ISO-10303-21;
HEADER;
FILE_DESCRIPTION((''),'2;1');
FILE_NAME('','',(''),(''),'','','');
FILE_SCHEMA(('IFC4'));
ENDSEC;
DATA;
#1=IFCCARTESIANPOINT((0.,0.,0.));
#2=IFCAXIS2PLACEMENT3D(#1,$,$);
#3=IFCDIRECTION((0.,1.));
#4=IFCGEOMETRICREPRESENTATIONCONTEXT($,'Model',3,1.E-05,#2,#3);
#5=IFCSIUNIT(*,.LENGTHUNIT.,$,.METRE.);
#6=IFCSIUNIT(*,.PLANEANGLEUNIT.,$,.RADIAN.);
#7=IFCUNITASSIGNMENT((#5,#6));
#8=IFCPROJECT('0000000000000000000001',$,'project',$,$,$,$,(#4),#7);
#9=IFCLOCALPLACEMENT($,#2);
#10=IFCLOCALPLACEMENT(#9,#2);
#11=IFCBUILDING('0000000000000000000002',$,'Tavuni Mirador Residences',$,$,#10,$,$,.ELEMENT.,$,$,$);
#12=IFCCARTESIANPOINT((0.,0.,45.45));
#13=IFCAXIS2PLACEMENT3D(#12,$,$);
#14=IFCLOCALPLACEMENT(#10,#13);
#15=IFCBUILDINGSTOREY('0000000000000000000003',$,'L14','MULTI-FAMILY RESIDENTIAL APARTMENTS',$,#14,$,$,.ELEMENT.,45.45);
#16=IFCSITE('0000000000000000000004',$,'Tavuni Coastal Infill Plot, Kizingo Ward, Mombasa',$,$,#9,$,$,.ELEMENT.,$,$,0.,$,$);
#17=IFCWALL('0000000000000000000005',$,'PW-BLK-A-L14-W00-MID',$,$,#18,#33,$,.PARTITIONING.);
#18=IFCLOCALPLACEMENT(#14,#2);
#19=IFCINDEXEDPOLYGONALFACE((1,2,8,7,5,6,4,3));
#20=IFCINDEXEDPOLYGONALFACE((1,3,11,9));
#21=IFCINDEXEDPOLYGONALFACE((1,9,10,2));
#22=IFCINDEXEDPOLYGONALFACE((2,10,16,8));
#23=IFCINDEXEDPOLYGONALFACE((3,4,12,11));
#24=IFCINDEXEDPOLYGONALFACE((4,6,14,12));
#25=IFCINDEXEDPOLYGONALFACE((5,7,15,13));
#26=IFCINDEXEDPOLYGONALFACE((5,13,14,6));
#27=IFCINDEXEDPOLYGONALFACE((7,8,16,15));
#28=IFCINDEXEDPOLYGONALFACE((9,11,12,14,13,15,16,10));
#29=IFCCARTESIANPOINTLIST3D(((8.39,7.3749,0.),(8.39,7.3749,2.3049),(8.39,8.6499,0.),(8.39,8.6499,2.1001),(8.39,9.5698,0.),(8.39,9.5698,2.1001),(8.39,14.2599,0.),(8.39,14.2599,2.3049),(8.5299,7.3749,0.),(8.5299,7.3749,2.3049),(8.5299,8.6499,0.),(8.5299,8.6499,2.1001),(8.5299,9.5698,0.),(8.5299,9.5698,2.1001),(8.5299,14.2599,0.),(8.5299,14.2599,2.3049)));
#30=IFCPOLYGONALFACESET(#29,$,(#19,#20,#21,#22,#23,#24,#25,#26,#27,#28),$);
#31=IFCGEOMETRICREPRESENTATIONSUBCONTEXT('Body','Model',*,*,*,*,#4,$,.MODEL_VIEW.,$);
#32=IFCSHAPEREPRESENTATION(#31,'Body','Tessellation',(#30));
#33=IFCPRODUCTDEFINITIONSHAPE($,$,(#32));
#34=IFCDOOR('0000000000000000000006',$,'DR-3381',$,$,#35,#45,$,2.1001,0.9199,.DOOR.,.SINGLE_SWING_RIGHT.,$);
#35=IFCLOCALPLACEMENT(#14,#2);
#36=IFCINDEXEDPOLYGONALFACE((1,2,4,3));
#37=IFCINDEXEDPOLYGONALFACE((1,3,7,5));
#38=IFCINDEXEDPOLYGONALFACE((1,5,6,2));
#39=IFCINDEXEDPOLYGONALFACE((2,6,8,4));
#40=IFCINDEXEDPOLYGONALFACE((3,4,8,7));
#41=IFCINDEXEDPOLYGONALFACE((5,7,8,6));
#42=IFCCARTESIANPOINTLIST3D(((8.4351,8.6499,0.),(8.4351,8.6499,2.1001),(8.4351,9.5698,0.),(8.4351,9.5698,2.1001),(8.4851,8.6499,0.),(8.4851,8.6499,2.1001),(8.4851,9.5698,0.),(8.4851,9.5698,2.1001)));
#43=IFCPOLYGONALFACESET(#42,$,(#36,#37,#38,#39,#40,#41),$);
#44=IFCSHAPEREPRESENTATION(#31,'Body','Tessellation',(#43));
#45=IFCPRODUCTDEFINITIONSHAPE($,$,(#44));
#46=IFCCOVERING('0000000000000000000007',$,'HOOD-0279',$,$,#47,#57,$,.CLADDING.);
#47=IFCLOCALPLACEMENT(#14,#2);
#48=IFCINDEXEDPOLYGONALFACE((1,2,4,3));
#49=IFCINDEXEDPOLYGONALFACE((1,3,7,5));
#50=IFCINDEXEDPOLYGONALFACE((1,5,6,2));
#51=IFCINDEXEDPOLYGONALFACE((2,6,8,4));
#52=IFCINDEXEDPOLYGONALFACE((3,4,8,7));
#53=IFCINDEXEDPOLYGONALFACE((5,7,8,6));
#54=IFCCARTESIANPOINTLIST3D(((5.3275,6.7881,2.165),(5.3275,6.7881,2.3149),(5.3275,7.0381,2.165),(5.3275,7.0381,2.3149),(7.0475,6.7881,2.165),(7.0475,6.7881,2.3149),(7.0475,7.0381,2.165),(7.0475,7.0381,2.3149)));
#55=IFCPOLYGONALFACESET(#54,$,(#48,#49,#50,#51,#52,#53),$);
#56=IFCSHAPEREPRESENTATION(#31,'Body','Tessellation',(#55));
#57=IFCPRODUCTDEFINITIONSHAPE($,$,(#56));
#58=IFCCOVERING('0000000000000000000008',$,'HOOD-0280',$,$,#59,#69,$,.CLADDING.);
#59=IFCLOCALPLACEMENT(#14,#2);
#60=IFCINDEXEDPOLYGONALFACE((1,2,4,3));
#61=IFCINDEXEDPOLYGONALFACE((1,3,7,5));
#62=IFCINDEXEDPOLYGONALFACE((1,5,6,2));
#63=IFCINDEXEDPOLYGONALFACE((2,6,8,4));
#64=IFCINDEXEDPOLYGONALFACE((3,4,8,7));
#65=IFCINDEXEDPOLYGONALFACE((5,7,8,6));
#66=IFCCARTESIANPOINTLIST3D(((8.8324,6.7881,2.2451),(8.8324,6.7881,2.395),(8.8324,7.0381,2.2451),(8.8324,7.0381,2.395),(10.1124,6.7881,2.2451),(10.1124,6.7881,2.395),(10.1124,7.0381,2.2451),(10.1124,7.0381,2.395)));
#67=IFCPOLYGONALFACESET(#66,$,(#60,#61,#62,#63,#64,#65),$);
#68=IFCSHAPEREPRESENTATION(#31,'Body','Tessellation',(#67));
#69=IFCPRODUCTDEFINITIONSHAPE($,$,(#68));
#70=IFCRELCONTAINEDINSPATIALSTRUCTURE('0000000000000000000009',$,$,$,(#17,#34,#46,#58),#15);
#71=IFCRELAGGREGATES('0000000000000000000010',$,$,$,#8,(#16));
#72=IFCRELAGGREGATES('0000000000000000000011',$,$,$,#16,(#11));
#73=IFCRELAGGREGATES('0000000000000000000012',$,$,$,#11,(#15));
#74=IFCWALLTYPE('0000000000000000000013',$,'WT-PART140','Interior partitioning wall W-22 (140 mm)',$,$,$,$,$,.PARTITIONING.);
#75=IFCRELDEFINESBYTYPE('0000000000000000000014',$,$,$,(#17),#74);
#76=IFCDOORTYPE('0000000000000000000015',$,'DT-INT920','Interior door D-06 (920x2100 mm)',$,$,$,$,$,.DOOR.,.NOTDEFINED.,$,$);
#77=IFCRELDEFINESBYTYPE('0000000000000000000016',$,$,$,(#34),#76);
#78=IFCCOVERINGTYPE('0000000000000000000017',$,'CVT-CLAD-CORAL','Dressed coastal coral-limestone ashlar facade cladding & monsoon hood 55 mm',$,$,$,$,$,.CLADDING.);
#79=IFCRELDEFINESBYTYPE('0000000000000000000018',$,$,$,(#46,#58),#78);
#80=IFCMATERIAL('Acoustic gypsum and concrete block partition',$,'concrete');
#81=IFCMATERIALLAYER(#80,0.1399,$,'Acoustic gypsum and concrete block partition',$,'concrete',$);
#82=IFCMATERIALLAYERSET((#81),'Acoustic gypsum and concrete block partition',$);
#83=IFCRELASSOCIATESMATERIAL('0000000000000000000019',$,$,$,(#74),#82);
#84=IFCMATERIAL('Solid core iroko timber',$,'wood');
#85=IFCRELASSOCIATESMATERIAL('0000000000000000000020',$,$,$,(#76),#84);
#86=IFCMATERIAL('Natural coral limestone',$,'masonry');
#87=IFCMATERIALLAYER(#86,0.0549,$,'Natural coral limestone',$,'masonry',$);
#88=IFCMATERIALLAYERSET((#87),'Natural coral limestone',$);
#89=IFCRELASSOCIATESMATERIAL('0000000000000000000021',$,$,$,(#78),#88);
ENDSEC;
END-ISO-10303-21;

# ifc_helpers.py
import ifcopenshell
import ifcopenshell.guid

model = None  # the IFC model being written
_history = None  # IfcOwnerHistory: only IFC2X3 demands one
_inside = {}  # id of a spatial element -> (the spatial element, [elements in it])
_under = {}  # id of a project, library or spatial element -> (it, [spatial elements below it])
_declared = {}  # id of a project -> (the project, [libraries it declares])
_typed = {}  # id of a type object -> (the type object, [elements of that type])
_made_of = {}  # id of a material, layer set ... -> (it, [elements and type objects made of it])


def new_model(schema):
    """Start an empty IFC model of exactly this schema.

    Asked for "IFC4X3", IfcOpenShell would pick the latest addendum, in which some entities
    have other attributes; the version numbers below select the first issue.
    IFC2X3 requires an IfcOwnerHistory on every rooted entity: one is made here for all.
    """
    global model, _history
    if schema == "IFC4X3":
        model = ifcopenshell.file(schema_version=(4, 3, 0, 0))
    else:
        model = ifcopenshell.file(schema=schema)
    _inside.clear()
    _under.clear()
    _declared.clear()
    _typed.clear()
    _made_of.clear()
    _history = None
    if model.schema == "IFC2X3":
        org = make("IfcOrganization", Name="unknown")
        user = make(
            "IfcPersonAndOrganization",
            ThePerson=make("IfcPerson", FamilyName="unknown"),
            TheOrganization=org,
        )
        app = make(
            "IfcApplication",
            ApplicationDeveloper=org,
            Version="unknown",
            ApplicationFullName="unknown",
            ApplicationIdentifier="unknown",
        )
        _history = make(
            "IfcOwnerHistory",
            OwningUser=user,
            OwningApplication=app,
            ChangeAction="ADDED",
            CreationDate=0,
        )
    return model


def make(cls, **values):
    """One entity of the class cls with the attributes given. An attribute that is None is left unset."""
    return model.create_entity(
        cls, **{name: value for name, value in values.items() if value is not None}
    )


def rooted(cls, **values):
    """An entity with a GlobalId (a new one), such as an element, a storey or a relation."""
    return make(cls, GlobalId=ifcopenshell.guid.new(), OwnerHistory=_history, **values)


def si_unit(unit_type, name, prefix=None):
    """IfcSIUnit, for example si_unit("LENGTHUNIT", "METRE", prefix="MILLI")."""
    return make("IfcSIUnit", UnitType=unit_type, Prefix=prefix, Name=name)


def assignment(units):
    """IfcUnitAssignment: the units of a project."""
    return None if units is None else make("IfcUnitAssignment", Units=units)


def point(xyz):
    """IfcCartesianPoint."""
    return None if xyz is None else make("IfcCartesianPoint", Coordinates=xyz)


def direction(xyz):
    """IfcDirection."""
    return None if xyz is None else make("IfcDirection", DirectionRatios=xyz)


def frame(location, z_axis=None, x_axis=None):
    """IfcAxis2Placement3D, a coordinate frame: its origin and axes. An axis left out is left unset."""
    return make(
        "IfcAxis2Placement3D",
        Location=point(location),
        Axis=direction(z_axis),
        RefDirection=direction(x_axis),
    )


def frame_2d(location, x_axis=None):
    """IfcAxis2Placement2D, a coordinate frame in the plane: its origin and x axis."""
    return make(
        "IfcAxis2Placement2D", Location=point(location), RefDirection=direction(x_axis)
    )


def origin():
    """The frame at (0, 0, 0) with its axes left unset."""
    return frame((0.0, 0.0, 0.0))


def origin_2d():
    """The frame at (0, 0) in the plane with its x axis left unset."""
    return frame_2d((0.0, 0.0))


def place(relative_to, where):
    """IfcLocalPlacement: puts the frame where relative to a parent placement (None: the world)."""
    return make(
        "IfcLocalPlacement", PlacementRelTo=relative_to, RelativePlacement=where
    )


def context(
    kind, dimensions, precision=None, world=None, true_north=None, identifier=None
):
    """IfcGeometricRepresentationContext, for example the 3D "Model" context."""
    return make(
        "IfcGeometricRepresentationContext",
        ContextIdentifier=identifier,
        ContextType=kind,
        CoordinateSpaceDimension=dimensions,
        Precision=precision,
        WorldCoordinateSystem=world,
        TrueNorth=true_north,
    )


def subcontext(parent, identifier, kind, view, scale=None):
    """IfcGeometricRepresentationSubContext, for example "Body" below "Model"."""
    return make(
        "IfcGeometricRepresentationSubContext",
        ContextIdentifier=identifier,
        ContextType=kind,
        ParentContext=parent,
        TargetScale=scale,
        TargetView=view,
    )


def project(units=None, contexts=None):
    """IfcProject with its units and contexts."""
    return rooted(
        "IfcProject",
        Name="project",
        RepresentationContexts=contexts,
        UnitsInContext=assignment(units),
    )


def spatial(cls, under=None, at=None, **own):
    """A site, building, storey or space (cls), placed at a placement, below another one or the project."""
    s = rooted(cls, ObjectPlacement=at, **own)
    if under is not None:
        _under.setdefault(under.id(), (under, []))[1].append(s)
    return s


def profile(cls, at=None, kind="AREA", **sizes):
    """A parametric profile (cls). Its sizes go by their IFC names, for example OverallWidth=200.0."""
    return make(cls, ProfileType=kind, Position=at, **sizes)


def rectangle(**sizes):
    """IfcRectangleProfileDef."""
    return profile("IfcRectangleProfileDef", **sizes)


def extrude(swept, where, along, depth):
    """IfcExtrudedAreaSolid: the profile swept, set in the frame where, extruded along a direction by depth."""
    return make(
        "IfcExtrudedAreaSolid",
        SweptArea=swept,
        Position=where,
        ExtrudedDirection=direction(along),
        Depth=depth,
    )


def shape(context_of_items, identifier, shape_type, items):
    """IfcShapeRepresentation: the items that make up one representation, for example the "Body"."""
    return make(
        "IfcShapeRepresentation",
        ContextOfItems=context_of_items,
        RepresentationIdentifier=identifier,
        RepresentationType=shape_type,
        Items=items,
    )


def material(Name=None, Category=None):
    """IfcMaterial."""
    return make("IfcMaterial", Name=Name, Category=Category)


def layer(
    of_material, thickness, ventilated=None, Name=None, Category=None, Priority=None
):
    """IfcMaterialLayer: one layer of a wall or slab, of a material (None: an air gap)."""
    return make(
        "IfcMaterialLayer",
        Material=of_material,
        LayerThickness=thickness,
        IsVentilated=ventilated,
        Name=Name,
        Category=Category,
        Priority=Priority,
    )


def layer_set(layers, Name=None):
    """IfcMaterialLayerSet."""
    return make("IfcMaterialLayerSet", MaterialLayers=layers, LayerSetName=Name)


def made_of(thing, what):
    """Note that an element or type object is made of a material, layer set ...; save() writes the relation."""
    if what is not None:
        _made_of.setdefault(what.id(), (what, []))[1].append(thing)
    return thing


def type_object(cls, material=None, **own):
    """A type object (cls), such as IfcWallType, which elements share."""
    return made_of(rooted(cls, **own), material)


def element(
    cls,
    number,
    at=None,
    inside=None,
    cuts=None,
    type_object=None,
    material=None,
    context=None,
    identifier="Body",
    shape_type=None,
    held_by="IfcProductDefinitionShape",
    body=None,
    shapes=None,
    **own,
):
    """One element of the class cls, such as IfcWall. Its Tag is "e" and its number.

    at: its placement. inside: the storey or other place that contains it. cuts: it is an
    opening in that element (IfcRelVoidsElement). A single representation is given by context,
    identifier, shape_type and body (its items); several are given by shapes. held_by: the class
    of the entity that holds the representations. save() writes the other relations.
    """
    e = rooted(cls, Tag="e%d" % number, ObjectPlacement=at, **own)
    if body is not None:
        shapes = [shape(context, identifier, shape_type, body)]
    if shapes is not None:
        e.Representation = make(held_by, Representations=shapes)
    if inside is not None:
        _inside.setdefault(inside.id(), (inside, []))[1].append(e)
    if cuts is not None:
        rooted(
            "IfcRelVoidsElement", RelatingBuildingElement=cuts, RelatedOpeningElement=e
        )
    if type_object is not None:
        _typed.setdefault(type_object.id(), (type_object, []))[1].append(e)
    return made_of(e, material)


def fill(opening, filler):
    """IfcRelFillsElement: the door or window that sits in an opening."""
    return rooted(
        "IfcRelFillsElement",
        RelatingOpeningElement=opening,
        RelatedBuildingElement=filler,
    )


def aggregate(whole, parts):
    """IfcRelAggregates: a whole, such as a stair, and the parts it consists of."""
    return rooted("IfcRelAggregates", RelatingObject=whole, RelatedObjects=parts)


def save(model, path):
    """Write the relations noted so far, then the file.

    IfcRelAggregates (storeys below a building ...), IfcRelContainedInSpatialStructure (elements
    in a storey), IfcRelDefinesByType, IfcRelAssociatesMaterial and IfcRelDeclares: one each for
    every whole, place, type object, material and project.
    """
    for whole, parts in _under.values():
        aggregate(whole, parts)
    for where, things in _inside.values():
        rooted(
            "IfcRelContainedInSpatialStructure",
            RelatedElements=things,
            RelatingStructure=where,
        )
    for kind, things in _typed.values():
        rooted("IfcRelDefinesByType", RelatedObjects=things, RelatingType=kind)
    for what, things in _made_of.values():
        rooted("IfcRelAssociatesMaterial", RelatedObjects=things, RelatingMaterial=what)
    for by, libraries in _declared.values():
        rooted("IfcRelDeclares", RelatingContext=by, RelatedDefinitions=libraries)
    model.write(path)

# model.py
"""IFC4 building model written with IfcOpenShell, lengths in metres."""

from ifc_helpers import new_model, si_unit, direction, frame, frame_2d, origin, origin_2d, place, context, subcontext, project, spatial, rectangle, extrude, material, layer, layer_set, type_object, element, fill, save


model = new_model("IFC4")

# Units and contexts
model_context = context("Model", 3, precision=1e-05, world=origin(), true_north=direction((0.0, 1.0)))
body_context = subcontext(model_context, "Body", "Model", "MODEL_VIEW")
ifc_project = project(units=[si_unit("LENGTHUNIT", "METRE"), si_unit("PLANEANGLEUNIT", "RADIAN")], contexts=[model_context])

# Site, building, storey
site_placement = place(None, origin())
site = spatial("IfcSite", under=ifc_project, at=site_placement, Name="Tavuni Coastal Infill Plot, Kizingo Ward, Mombasa", CompositionType="ELEMENT", RefElevation=0.0)
building_placement = place(site_placement, origin())
building = spatial("IfcBuilding", under=site, at=building_placement, Name="Tavuni Mirador Residences", CompositionType="ELEMENT")
storey_placement = place(building_placement, frame((0.0, 0.0, 45.45)))
storey = spatial("IfcBuildingStorey", under=building, at=storey_placement, Name="L14", Description="MULTI-FAMILY RESIDENTIAL APARTMENTS", CompositionType="ELEMENT", Elevation=45.45)

# Shared definitions
ifc_material_1 = material(Name="Solid core iroko timber", Category="wood")

# Wall, opening, door
ifc_material_2 = material(Name="Acoustic gypsum and concrete block partition", Category="concrete")
ifc_layer_1 = layer(ifc_material_2, 0.1399, Name="Acoustic gypsum and concrete block partition", Category="concrete")
ifc_layer_set_1 = layer_set([ifc_layer_1], Name="Acoustic gypsum and concrete block partition")
wall_type_1 = type_object("IfcWallType", Name="WT-PART140", Description="Interior partitioning wall W-22 (140 mm)", PredefinedType="PARTITIONING", material=ifc_layer_set_1)
wall_1_placement = place(storey_placement, frame((8.46, 7.375, 0.0), z_axis=(0.0, 0.0, 1.0), x_axis=(0.0, 1.0, 0.0)))
wall_1 = element("IfcWall", 1, at=wall_1_placement, inside=storey, type_object=wall_type_1, Name="PW-BLK-A-L14-W00-MID", PredefinedType="PARTITIONING", context=body_context, shape_type="SweptSolid", body=[
    extrude(rectangle(XDim=6.885, YDim=0.1399, at=frame_2d((3.4424, 0.0))), origin(), (0.0, 0.0, 1.0), 2.3049),
])
opening_1_placement = place(wall_1_placement, frame((1.2749, 0.0, 0.0)))
opening_1 = element("IfcOpeningElement", 2, at=opening_1_placement, cuts=wall_1, PredefinedType="OPENING", context=body_context, shape_type="SweptSolid", body=[
    extrude(rectangle(XDim=0.9199, YDim=2.1001, at=frame_2d((0.46, 1.05))), frame((0.0, 0.0801, 0.0), z_axis=(0.0, -1.0, 0.0), x_axis=(1.0, 0.0, 0.0)), (0.0, 0.0, 1.0), 0.1599),
])
door_type_1 = type_object("IfcDoorType", Name="DT-INT920", Description="Interior door D-06 (920x2100 mm)", OperationType="NOTDEFINED", PredefinedType="DOOR", material=ifc_material_1)
door_1_placement = place(opening_1_placement, origin())
door_1 = element("IfcDoor", 3, at=door_1_placement, inside=storey, type_object=door_type_1, Name="DR-3381", OperationType="SINGLE_SWING_RIGHT", OverallHeight=2.1001, OverallWidth=0.9199, PredefinedType="DOOR", context=body_context, shape_type="SweptSolid", body=[
    extrude(rectangle(XDim=0.9199, YDim=2.1001, at=frame_2d((0.46, 1.05))), frame((0.0, 0.0249, 0.0), z_axis=(0.0, -1.0, 0.0), x_axis=(1.0, 0.0, 0.0)), (0.0, 0.0, 1.0), 0.05),
])
fill(opening_1, door_1)

# Coverings
ifc_material_3 = material(Name="Natural coral limestone", Category="masonry")
ifc_layer_2 = layer(ifc_material_3, 0.0549, Name="Natural coral limestone", Category="masonry")
ifc_layer_set_2 = layer_set([ifc_layer_2], Name="Natural coral limestone")
covering_type = type_object("IfcCoveringType", Name="CVT-CLAD-CORAL", Description="Dressed coastal coral-limestone ashlar facade cladding & monsoon hood 55 mm", PredefinedType="CLADDING", material=ifc_layer_set_2)
covering_1_placement = place(storey_placement, frame((6.1875, 6.9131, 2.165), z_axis=(0.0, 0.0, 1.0), x_axis=(1.0, 0.0, 0.0)))
element("IfcCovering", 4, at=covering_1_placement, inside=storey, type_object=covering_type, Name="HOOD-0279", PredefinedType="CLADDING", context=body_context, shape_type="SweptSolid", body=[
    extrude(rectangle(XDim=1.72, YDim=0.25, at=origin_2d()), origin(), (0.0, 0.0, 1.0), 0.1499),
])
covering_2_placement = place(storey_placement, frame((9.4724, 6.9131, 2.2451), z_axis=(0.0, 0.0, 1.0), x_axis=(1.0, 0.0, 0.0)))
element("IfcCovering", 5, at=covering_2_placement, inside=storey, type_object=covering_type, Name="HOOD-0280", PredefinedType="CLADDING", context=body_context, shape_type="SweptSolid", body=[
    extrude(rectangle(XDim=1.28, YDim=0.25, at=origin_2d()), origin(), (0.0, 0.0, 1.0), 0.1499),
])

save(model, "model.ifc")
